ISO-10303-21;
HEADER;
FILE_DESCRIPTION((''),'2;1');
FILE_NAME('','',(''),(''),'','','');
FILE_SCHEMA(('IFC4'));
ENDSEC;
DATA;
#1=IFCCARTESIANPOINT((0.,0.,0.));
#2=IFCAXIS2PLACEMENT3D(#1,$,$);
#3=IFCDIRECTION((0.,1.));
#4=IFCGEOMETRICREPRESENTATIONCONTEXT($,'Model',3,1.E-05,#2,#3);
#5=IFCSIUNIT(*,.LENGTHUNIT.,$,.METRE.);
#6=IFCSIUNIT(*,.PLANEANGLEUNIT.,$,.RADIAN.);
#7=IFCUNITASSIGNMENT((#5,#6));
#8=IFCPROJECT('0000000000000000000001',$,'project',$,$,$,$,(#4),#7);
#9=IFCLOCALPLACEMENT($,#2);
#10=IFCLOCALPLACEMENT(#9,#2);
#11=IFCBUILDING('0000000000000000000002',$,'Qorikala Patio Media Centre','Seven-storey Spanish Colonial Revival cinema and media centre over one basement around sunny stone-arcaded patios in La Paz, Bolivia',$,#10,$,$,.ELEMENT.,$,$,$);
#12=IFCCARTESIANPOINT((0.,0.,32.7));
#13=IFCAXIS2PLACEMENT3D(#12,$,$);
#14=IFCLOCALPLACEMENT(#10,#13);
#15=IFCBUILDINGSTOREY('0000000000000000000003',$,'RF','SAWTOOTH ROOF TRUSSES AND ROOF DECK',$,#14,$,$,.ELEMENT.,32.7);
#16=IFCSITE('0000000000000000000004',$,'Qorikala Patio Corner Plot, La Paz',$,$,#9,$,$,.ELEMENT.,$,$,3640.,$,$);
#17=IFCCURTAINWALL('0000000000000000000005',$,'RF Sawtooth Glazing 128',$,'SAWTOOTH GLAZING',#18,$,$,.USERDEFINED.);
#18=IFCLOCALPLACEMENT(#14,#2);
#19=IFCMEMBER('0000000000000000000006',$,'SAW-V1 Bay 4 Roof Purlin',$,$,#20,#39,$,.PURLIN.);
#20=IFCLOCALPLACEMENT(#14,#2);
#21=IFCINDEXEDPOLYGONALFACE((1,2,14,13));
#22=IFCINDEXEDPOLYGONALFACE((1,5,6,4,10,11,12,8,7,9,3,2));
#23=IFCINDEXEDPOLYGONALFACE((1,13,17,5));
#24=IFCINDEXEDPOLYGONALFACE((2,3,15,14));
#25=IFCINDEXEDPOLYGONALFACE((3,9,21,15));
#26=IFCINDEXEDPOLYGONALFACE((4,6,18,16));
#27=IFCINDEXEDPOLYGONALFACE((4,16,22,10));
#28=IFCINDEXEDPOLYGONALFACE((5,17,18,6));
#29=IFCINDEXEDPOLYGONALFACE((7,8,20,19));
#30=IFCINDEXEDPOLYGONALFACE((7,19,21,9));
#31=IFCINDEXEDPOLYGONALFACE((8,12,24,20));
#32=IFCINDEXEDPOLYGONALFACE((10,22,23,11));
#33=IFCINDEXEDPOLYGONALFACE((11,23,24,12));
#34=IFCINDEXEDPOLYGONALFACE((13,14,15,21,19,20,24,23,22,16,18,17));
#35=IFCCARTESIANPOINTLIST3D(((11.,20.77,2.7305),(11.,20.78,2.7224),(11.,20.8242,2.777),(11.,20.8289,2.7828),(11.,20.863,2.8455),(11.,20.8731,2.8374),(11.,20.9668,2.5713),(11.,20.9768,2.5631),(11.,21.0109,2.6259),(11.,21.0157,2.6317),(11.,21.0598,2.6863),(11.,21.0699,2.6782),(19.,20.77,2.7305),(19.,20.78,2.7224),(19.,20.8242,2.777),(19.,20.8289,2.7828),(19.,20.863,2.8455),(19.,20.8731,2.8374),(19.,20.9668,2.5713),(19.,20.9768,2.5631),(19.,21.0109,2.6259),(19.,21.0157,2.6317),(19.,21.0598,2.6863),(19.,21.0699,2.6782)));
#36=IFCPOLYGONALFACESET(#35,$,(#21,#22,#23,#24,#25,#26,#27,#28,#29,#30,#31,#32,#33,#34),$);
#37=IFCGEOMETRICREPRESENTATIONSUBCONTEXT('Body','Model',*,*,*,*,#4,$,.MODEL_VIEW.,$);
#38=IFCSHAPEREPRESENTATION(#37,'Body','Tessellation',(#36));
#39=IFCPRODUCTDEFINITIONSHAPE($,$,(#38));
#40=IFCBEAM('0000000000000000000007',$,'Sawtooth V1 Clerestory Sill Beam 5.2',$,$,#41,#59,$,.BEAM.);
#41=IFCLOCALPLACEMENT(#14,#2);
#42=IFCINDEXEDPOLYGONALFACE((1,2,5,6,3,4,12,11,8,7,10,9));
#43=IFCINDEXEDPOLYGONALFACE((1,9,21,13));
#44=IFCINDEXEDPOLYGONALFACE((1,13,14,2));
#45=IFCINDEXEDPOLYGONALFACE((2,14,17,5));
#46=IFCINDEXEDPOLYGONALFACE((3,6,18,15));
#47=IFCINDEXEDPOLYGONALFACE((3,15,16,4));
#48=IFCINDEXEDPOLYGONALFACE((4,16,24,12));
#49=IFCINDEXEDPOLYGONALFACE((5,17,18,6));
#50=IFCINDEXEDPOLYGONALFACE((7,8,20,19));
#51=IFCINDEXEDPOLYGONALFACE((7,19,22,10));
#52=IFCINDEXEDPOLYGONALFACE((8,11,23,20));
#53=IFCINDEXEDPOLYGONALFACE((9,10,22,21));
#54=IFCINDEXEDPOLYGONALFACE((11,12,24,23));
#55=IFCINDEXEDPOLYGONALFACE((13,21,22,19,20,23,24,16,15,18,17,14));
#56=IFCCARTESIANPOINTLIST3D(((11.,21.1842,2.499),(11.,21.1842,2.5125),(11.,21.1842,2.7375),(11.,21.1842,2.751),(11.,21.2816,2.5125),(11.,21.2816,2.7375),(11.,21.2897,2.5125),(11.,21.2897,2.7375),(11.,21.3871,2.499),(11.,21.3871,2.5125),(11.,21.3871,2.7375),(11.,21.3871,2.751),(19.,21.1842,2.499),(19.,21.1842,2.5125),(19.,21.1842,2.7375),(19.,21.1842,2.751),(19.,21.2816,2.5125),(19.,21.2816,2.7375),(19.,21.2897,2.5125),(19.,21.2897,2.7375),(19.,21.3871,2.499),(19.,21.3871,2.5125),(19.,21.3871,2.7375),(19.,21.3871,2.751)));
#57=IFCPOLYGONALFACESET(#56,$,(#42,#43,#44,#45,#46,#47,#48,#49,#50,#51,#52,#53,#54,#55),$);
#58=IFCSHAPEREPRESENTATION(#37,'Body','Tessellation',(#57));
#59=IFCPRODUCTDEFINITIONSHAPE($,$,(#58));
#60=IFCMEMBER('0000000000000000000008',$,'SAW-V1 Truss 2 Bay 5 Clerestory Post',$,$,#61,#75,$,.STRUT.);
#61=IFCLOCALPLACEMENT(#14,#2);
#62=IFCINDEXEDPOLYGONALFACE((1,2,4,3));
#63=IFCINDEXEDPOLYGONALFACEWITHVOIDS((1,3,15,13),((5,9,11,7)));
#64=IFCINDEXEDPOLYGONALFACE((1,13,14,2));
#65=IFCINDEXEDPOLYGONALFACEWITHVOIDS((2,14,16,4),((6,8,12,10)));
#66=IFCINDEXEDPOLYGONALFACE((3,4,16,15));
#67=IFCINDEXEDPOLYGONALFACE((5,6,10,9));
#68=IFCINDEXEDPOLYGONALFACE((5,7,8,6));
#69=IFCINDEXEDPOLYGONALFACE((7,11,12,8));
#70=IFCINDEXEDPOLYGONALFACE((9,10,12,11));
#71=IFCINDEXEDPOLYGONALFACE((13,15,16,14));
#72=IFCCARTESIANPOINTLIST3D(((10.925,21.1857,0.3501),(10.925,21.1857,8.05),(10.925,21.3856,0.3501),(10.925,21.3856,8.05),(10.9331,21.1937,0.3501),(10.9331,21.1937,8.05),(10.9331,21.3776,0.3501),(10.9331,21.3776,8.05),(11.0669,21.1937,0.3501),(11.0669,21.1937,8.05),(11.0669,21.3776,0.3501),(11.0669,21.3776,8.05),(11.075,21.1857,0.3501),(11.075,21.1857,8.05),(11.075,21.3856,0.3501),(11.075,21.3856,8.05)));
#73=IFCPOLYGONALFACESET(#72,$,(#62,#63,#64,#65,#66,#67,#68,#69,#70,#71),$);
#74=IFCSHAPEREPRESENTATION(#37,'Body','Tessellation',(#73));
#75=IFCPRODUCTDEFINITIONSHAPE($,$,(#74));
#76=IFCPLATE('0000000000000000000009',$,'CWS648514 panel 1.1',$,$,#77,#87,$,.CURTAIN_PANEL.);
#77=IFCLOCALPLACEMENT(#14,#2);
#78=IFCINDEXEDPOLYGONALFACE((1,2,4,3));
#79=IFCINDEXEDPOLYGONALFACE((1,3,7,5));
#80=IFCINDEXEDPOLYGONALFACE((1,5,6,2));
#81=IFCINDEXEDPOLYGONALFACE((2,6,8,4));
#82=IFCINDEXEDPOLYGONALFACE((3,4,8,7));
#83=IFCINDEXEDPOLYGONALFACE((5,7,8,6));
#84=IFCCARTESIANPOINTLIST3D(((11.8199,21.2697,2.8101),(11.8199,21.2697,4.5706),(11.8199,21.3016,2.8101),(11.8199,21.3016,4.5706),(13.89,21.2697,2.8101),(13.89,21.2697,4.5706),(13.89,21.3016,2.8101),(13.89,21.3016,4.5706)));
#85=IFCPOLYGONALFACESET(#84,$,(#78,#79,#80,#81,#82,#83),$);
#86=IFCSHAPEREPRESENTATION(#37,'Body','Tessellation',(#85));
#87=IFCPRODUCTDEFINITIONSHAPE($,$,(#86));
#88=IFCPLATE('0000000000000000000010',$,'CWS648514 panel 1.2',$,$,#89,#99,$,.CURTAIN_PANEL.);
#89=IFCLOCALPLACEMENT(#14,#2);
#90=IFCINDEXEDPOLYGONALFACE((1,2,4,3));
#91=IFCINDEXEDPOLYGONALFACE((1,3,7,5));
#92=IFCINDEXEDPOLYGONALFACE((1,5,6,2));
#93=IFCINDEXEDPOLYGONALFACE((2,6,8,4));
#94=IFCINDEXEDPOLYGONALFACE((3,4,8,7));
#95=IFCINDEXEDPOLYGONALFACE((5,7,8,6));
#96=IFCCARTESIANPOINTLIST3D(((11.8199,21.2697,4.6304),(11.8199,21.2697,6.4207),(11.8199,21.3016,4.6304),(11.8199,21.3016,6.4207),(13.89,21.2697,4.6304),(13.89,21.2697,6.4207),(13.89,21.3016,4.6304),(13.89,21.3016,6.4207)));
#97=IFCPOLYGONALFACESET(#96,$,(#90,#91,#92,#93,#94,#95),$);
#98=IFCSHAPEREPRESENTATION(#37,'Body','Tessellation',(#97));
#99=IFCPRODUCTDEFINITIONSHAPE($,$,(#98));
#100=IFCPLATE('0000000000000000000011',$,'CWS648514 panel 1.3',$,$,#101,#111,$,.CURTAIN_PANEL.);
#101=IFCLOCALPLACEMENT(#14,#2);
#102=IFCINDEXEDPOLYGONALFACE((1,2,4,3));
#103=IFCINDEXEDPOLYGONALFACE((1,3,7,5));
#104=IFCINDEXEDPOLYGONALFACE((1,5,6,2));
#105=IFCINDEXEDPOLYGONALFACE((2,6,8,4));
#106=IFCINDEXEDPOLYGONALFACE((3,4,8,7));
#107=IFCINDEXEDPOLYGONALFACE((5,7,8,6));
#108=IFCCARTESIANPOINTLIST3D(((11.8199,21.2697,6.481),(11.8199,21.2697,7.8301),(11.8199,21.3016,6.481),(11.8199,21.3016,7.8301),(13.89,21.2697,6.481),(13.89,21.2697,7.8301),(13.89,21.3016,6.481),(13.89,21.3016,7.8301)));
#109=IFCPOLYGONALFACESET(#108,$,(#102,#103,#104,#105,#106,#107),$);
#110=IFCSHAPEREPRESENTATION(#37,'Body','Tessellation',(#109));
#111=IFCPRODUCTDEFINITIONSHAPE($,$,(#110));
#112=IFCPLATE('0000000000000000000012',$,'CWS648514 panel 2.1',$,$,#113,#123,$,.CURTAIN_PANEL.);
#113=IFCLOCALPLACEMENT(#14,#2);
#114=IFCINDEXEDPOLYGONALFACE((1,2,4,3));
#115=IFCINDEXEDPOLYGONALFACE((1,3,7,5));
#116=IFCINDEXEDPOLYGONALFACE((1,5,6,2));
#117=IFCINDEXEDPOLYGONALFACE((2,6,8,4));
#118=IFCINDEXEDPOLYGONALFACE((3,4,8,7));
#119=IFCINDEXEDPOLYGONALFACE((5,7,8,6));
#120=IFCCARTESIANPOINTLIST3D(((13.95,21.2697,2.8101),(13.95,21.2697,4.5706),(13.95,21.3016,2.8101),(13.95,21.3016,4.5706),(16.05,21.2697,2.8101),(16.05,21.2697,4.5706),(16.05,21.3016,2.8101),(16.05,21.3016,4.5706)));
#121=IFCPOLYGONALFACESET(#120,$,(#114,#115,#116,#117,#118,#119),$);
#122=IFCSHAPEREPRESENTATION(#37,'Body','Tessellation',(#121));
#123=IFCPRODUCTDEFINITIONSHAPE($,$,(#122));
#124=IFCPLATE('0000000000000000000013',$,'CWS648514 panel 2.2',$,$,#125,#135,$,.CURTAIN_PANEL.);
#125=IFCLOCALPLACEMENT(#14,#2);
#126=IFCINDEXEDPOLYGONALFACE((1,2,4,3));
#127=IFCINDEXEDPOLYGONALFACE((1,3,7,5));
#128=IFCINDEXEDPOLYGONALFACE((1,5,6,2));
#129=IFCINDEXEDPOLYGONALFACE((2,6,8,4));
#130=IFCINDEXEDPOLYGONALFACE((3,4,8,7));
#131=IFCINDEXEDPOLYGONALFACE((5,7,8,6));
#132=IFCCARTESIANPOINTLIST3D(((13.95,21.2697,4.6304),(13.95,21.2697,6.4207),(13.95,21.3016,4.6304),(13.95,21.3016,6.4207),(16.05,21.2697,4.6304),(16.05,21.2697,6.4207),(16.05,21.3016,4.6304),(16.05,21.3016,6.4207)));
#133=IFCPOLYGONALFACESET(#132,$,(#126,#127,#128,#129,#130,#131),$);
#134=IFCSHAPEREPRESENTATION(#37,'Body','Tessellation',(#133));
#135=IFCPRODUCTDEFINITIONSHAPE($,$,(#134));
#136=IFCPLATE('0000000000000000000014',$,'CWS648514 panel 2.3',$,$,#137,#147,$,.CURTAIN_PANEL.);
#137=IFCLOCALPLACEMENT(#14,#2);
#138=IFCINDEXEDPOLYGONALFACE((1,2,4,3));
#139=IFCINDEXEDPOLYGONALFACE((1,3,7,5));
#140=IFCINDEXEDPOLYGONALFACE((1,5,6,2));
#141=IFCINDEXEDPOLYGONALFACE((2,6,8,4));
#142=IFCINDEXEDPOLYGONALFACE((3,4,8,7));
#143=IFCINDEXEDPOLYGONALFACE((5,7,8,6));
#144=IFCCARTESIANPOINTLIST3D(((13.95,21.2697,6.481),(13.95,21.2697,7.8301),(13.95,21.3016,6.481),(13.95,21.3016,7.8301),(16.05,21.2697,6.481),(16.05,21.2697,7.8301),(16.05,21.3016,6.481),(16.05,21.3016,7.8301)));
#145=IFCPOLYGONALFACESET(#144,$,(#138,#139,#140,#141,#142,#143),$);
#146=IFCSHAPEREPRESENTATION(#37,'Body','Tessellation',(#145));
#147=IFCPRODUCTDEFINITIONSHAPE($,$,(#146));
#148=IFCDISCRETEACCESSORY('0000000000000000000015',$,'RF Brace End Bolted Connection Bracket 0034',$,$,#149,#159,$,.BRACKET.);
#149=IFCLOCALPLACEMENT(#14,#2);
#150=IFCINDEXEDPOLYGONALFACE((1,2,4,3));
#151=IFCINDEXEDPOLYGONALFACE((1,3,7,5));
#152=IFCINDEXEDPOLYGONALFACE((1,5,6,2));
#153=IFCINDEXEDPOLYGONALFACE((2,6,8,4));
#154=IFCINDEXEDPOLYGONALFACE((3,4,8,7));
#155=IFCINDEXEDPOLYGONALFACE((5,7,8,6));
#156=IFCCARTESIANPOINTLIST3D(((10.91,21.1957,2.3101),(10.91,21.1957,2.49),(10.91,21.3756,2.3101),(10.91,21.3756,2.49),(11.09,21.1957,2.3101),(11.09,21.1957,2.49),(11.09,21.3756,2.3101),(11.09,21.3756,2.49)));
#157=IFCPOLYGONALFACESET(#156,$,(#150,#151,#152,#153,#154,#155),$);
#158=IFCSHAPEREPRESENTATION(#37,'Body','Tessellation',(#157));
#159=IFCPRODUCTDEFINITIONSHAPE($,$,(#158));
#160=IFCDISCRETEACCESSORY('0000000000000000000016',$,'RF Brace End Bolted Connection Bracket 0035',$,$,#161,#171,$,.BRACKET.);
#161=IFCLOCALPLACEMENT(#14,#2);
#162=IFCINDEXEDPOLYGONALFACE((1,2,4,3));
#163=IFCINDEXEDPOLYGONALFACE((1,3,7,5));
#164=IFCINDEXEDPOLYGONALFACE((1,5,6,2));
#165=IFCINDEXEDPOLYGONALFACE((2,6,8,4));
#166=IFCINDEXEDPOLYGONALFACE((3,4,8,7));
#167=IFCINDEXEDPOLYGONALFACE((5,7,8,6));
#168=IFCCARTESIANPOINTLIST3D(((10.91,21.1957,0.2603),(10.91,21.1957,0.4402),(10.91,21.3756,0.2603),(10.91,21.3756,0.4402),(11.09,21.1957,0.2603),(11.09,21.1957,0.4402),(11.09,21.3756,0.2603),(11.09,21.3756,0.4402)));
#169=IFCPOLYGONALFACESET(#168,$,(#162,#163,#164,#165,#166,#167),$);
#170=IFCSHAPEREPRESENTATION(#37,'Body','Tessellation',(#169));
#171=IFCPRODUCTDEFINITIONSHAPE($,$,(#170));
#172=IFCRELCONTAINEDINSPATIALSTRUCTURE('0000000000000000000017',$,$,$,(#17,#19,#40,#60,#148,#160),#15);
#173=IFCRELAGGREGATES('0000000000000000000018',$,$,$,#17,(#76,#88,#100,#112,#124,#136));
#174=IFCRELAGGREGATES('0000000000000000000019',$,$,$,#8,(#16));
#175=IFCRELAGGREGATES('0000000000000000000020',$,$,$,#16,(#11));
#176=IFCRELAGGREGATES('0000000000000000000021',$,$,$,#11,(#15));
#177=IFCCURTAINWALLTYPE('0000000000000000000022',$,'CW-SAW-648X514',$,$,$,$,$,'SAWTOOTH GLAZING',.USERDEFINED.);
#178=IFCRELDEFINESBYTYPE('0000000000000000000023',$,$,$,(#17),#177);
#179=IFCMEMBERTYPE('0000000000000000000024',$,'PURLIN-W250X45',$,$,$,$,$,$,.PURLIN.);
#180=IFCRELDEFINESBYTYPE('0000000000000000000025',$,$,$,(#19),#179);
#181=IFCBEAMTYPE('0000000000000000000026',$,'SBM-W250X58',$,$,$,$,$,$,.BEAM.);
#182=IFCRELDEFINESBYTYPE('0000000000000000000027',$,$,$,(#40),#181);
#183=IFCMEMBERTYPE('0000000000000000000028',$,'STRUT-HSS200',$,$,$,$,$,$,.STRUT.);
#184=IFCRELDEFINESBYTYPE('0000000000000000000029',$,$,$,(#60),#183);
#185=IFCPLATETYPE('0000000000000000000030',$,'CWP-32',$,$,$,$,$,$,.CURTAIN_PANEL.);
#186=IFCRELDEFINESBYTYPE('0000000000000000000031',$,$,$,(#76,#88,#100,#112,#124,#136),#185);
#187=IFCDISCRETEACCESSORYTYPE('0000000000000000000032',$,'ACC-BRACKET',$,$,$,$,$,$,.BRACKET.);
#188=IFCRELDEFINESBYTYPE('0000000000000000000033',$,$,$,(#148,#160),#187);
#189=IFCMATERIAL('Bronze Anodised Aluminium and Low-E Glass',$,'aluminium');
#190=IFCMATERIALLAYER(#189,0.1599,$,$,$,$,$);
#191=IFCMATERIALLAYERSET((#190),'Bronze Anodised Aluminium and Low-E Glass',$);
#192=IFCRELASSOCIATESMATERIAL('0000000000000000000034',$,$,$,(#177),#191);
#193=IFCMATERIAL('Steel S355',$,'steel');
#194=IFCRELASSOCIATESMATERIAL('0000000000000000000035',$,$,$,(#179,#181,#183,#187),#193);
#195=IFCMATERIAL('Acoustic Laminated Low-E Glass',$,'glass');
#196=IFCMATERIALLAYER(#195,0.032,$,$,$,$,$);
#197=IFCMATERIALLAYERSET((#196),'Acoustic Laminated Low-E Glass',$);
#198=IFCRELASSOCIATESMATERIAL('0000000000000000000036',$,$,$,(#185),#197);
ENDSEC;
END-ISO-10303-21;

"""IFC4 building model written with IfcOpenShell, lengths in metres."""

from ifc_helpers import new_model, si_unit, direction, frame, origin, origin_2d, place, context, subcontext, project, spatial, rectangle, hollow_rectangle, i_section, extrude, material, layer, layer_set, material_profile, profile_set, type_object, element, aggregate, save


model = new_model("IFC4")

# Units and contexts
model_context = context("Model", 3, precision=1e-05, world=origin(), true_north=direction((0.0, 1.0)))
body_context = subcontext(model_context, "Body", "Model", "MODEL_VIEW")
ifc_project = project(units=[si_unit("LENGTHUNIT", "METRE"), si_unit("PLANEANGLEUNIT", "RADIAN")], contexts=[model_context])

# Site, building, storey
site_placement = place(None, origin())
site = spatial("IfcSite", under=ifc_project, at=site_placement, Name="Qorikala Patio Corner Plot, La Paz", CompositionType="ELEMENT", RefElevation=3640.0)
building_placement = place(site_placement, origin())
building = spatial("IfcBuilding", under=site, at=building_placement, Name="Qorikala Patio Media Centre", Description="Seven-storey Spanish Colonial Revival cinema and media centre over one basement around sunny stone-arcaded patios in La Paz, Bolivia", CompositionType="ELEMENT")
storey_placement = place(building_placement, frame((0.0, 0.0, 32.7)))
storey = spatial("IfcBuildingStorey", under=building, at=storey_placement, Name="RF", Description="SAWTOOTH ROOF TRUSSES AND ROOF DECK", CompositionType="ELEMENT", Elevation=32.7)

# Shared definitions
ifc_material_1 = material(Name="Steel S355", Category="steel")

# Curtain wall
ifc_material_2 = material(Name="Bronze Anodised Aluminium and Low-E Glass", Category="aluminium")
ifc_layer_1 = layer(ifc_material_2, 0.1599)
ifc_layer_set_1 = layer_set([ifc_layer_1], Name="Bronze Anodised Aluminium and Low-E Glass")
curtain_wall_type = type_object("IfcCurtainWallType", Name="CW-SAW-648X514", ElementType="SAWTOOTH GLAZING", PredefinedType="USERDEFINED", material=ifc_layer_set_1)
curtain_wall_placement = place(storey_placement, origin())
curtain_wall = element("IfcCurtainWall", 1, at=curtain_wall_placement, inside=storey, type_object=curtain_wall_type, Name="RF Sawtooth Glazing 128", ObjectType="SAWTOOTH GLAZING", PredefinedType="USERDEFINED")

# Member
ifc_material_profile_1 = material_profile(ifc_material_1, i_section(OverallWidth=0.1479, OverallDepth=0.2661, WebThickness=0.0076, FlangeThickness=0.0129, at=origin_2d()), Name="W250X45")
ifc_profile_set_1 = profile_set([ifc_material_profile_1], Name="Steel S355")
member_type_1 = type_object("IfcMemberType", Name="PURLIN-W250X45", PredefinedType="PURLIN", material=ifc_profile_set_1)
member_1_placement = place(storey_placement, frame((11.0, 20.9199, 2.7043), z_axis=(1.0, 0.0, 0.0), x_axis=(0.0, 0.628995, 0.77741)))
element("IfcMember", 2, at=member_1_placement, inside=storey, type_object=member_type_1, Name="SAW-V1 Bay 4 Roof Purlin", PredefinedType="PURLIN", context=body_context, shape_type="SweptSolid", body=[
    extrude(i_section(OverallWidth=0.1479, OverallDepth=0.2661, WebThickness=0.0076, FlangeThickness=0.0129, at=origin_2d()), origin(), (0.0, 0.0, 1.0), 8.0),
])

# Beam
ifc_material_profile_2 = material_profile(ifc_material_1, i_section(OverallWidth=0.2029, OverallDepth=0.252, WebThickness=0.0081, FlangeThickness=0.0134, at=origin_2d()), Name="W250X58")
ifc_profile_set_2 = profile_set([ifc_material_profile_2], Name="Steel S355")
beam_type = type_object("IfcBeamType", Name="SBM-W250X58", PredefinedType="BEAM", material=ifc_profile_set_2)
beam_placement = place(storey_placement, frame((11.0, 21.2856, 2.625), z_axis=(1.0, 0.0, 0.0), x_axis=(0.0, 1.0, 0.0)))
element("IfcBeam", 3, at=beam_placement, inside=storey, type_object=beam_type, Name="Sawtooth V1 Clerestory Sill Beam 5.2", PredefinedType="BEAM", context=body_context, shape_type="SweptSolid", body=[
    extrude(i_section(OverallWidth=0.2029, OverallDepth=0.252, WebThickness=0.0081, FlangeThickness=0.0134, at=origin_2d()), origin(), (0.0, 0.0, 1.0), 8.0),
])

# Member
ifc_material_profile_3 = material_profile(ifc_material_1, hollow_rectangle(XDim=0.1499, YDim=0.2, WallThickness=0.0081, at=origin_2d()), Name="HSS200X150X8")
ifc_profile_set_3 = profile_set([ifc_material_profile_3], Name="Steel S355")
member_type_2 = type_object("IfcMemberType", Name="STRUT-HSS200", PredefinedType="STRUT", material=ifc_profile_set_3)
member_2_placement = place(storey_placement, frame((11.0, 21.2856, 0.3501), z_axis=(0.0, 0.0, 1.0), x_axis=(1.0, 0.0, 0.0)))
element("IfcMember", 4, at=member_2_placement, inside=storey, type_object=member_type_2, Name="SAW-V1 Truss 2 Bay 5 Clerestory Post", PredefinedType="STRUT", context=body_context, shape_type="SweptSolid", body=[
    extrude(hollow_rectangle(XDim=0.1499, YDim=0.2, WallThickness=0.0081, at=origin_2d()), origin(), (0.0, 0.0, 1.0), 7.7),
])

# Plates
ifc_material_3 = material(Name="Acoustic Laminated Low-E Glass", Category="glass")
ifc_layer_2 = layer(ifc_material_3, 0.032)
ifc_layer_set_2 = layer_set([ifc_layer_2], Name="Acoustic Laminated Low-E Glass")
plate_type = type_object("IfcPlateType", Name="CWP-32", PredefinedType="CURTAIN_PANEL", material=ifc_layer_set_2)
plate_1_placement = place(storey_placement, frame((12.855, 21.2856, 2.8101), z_axis=(0.0, 0.0, 1.0), x_axis=(1.0, 0.0, 0.0)))
plate_1 = element("IfcPlate", 5, at=plate_1_placement, type_object=plate_type, Name="CWS648514 panel 1.1", PredefinedType="CURTAIN_PANEL", context=body_context, shape_type="SweptSolid", body=[
    extrude(rectangle(XDim=2.0701, YDim=0.032, at=origin_2d()), origin(), (0.0, 0.0, 1.0), 1.7605),
])
plate_2_placement = place(storey_placement, frame((12.855, 21.2856, 4.6304), z_axis=(0.0, 0.0, 1.0), x_axis=(1.0, 0.0, 0.0)))
plate_2 = element("IfcPlate", 6, at=plate_2_placement, type_object=plate_type, Name="CWS648514 panel 1.2", PredefinedType="CURTAIN_PANEL", context=body_context, shape_type="SweptSolid", body=[
    extrude(rectangle(XDim=2.0701, YDim=0.032, at=origin_2d()), origin(), (0.0, 0.0, 1.0), 1.7903),
])
plate_3_placement = place(storey_placement, frame((12.855, 21.2856, 6.481), z_axis=(0.0, 0.0, 1.0), x_axis=(1.0, 0.0, 0.0)))
plate_3 = element("IfcPlate", 7, at=plate_3_placement, type_object=plate_type, Name="CWS648514 panel 1.3", PredefinedType="CURTAIN_PANEL", context=body_context, shape_type="SweptSolid", body=[
    extrude(rectangle(XDim=2.0701, YDim=0.032, at=origin_2d()), origin(), (0.0, 0.0, 1.0), 1.3491),
])
plate_4_placement = place(storey_placement, frame((15.0, 21.2856, 2.8101), z_axis=(0.0, 0.0, 1.0), x_axis=(1.0, 0.0, 0.0)))
plate_4 = element("IfcPlate", 8, at=plate_4_placement, type_object=plate_type, Name="CWS648514 panel 2.1", PredefinedType="CURTAIN_PANEL", context=body_context, shape_type="SweptSolid", body=[
    extrude(rectangle(XDim=2.1001, YDim=0.032, at=origin_2d()), origin(), (0.0, 0.0, 1.0), 1.7605),
])
plate_5_placement = place(storey_placement, frame((15.0, 21.2856, 4.6304), z_axis=(0.0, 0.0, 1.0), x_axis=(1.0, 0.0, 0.0)))
plate_5 = element("IfcPlate", 9, at=plate_5_placement, type_object=plate_type, Name="CWS648514 panel 2.2", PredefinedType="CURTAIN_PANEL", context=body_context, shape_type="SweptSolid", body=[
    extrude(rectangle(XDim=2.1001, YDim=0.032, at=origin_2d()), origin(), (0.0, 0.0, 1.0), 1.7903),
])
plate_6_placement = place(storey_placement, frame((15.0, 21.2856, 6.481), z_axis=(0.0, 0.0, 1.0), x_axis=(1.0, 0.0, 0.0)))
plate_6 = element("IfcPlate", 10, at=plate_6_placement, type_object=plate_type, Name="CWS648514 panel 2.3", PredefinedType="CURTAIN_PANEL", context=body_context, shape_type="SweptSolid", body=[
    extrude(rectangle(XDim=2.1001, YDim=0.032, at=origin_2d()), origin(), (0.0, 0.0, 1.0), 1.3491),
])
aggregate(curtain_wall, [plate_1, plate_2, plate_3, plate_4, plate_5, plate_6])

# Discrete accessories
discrete_accessory_type = type_object("IfcDiscreteAccessoryType", Name="ACC-BRACKET", PredefinedType="BRACKET", material=ifc_material_1)
for number, where, z_axis, x_axis, name in (
    (11, (11.0, 21.2856, 2.3101), (0.0, 0.0, 1.0), (1.0, 0.0, 0.0), "RF Brace End Bolted Connection Bracket 0034"),
    (12, (11.0, 21.2856, 0.2603), (0.0, 0.0, 1.0), (1.0, 0.0, 0.0), "RF Brace End Bolted Connection Bracket 0035"),
):
    element("IfcDiscreteAccessory", number, at=place(storey_placement, frame(where, z_axis=z_axis, x_axis=x_axis)), inside=storey, type_object=discrete_accessory_type, Name=name, PredefinedType="BRACKET", context=body_context, shape_type="SweptSolid", body=[
        extrude(rectangle(XDim=0.1799, YDim=0.1799, at=origin_2d()), origin(), (0.0, 0.0, 1.0), 0.1799),
    ])

save(model, "model.ifc")
